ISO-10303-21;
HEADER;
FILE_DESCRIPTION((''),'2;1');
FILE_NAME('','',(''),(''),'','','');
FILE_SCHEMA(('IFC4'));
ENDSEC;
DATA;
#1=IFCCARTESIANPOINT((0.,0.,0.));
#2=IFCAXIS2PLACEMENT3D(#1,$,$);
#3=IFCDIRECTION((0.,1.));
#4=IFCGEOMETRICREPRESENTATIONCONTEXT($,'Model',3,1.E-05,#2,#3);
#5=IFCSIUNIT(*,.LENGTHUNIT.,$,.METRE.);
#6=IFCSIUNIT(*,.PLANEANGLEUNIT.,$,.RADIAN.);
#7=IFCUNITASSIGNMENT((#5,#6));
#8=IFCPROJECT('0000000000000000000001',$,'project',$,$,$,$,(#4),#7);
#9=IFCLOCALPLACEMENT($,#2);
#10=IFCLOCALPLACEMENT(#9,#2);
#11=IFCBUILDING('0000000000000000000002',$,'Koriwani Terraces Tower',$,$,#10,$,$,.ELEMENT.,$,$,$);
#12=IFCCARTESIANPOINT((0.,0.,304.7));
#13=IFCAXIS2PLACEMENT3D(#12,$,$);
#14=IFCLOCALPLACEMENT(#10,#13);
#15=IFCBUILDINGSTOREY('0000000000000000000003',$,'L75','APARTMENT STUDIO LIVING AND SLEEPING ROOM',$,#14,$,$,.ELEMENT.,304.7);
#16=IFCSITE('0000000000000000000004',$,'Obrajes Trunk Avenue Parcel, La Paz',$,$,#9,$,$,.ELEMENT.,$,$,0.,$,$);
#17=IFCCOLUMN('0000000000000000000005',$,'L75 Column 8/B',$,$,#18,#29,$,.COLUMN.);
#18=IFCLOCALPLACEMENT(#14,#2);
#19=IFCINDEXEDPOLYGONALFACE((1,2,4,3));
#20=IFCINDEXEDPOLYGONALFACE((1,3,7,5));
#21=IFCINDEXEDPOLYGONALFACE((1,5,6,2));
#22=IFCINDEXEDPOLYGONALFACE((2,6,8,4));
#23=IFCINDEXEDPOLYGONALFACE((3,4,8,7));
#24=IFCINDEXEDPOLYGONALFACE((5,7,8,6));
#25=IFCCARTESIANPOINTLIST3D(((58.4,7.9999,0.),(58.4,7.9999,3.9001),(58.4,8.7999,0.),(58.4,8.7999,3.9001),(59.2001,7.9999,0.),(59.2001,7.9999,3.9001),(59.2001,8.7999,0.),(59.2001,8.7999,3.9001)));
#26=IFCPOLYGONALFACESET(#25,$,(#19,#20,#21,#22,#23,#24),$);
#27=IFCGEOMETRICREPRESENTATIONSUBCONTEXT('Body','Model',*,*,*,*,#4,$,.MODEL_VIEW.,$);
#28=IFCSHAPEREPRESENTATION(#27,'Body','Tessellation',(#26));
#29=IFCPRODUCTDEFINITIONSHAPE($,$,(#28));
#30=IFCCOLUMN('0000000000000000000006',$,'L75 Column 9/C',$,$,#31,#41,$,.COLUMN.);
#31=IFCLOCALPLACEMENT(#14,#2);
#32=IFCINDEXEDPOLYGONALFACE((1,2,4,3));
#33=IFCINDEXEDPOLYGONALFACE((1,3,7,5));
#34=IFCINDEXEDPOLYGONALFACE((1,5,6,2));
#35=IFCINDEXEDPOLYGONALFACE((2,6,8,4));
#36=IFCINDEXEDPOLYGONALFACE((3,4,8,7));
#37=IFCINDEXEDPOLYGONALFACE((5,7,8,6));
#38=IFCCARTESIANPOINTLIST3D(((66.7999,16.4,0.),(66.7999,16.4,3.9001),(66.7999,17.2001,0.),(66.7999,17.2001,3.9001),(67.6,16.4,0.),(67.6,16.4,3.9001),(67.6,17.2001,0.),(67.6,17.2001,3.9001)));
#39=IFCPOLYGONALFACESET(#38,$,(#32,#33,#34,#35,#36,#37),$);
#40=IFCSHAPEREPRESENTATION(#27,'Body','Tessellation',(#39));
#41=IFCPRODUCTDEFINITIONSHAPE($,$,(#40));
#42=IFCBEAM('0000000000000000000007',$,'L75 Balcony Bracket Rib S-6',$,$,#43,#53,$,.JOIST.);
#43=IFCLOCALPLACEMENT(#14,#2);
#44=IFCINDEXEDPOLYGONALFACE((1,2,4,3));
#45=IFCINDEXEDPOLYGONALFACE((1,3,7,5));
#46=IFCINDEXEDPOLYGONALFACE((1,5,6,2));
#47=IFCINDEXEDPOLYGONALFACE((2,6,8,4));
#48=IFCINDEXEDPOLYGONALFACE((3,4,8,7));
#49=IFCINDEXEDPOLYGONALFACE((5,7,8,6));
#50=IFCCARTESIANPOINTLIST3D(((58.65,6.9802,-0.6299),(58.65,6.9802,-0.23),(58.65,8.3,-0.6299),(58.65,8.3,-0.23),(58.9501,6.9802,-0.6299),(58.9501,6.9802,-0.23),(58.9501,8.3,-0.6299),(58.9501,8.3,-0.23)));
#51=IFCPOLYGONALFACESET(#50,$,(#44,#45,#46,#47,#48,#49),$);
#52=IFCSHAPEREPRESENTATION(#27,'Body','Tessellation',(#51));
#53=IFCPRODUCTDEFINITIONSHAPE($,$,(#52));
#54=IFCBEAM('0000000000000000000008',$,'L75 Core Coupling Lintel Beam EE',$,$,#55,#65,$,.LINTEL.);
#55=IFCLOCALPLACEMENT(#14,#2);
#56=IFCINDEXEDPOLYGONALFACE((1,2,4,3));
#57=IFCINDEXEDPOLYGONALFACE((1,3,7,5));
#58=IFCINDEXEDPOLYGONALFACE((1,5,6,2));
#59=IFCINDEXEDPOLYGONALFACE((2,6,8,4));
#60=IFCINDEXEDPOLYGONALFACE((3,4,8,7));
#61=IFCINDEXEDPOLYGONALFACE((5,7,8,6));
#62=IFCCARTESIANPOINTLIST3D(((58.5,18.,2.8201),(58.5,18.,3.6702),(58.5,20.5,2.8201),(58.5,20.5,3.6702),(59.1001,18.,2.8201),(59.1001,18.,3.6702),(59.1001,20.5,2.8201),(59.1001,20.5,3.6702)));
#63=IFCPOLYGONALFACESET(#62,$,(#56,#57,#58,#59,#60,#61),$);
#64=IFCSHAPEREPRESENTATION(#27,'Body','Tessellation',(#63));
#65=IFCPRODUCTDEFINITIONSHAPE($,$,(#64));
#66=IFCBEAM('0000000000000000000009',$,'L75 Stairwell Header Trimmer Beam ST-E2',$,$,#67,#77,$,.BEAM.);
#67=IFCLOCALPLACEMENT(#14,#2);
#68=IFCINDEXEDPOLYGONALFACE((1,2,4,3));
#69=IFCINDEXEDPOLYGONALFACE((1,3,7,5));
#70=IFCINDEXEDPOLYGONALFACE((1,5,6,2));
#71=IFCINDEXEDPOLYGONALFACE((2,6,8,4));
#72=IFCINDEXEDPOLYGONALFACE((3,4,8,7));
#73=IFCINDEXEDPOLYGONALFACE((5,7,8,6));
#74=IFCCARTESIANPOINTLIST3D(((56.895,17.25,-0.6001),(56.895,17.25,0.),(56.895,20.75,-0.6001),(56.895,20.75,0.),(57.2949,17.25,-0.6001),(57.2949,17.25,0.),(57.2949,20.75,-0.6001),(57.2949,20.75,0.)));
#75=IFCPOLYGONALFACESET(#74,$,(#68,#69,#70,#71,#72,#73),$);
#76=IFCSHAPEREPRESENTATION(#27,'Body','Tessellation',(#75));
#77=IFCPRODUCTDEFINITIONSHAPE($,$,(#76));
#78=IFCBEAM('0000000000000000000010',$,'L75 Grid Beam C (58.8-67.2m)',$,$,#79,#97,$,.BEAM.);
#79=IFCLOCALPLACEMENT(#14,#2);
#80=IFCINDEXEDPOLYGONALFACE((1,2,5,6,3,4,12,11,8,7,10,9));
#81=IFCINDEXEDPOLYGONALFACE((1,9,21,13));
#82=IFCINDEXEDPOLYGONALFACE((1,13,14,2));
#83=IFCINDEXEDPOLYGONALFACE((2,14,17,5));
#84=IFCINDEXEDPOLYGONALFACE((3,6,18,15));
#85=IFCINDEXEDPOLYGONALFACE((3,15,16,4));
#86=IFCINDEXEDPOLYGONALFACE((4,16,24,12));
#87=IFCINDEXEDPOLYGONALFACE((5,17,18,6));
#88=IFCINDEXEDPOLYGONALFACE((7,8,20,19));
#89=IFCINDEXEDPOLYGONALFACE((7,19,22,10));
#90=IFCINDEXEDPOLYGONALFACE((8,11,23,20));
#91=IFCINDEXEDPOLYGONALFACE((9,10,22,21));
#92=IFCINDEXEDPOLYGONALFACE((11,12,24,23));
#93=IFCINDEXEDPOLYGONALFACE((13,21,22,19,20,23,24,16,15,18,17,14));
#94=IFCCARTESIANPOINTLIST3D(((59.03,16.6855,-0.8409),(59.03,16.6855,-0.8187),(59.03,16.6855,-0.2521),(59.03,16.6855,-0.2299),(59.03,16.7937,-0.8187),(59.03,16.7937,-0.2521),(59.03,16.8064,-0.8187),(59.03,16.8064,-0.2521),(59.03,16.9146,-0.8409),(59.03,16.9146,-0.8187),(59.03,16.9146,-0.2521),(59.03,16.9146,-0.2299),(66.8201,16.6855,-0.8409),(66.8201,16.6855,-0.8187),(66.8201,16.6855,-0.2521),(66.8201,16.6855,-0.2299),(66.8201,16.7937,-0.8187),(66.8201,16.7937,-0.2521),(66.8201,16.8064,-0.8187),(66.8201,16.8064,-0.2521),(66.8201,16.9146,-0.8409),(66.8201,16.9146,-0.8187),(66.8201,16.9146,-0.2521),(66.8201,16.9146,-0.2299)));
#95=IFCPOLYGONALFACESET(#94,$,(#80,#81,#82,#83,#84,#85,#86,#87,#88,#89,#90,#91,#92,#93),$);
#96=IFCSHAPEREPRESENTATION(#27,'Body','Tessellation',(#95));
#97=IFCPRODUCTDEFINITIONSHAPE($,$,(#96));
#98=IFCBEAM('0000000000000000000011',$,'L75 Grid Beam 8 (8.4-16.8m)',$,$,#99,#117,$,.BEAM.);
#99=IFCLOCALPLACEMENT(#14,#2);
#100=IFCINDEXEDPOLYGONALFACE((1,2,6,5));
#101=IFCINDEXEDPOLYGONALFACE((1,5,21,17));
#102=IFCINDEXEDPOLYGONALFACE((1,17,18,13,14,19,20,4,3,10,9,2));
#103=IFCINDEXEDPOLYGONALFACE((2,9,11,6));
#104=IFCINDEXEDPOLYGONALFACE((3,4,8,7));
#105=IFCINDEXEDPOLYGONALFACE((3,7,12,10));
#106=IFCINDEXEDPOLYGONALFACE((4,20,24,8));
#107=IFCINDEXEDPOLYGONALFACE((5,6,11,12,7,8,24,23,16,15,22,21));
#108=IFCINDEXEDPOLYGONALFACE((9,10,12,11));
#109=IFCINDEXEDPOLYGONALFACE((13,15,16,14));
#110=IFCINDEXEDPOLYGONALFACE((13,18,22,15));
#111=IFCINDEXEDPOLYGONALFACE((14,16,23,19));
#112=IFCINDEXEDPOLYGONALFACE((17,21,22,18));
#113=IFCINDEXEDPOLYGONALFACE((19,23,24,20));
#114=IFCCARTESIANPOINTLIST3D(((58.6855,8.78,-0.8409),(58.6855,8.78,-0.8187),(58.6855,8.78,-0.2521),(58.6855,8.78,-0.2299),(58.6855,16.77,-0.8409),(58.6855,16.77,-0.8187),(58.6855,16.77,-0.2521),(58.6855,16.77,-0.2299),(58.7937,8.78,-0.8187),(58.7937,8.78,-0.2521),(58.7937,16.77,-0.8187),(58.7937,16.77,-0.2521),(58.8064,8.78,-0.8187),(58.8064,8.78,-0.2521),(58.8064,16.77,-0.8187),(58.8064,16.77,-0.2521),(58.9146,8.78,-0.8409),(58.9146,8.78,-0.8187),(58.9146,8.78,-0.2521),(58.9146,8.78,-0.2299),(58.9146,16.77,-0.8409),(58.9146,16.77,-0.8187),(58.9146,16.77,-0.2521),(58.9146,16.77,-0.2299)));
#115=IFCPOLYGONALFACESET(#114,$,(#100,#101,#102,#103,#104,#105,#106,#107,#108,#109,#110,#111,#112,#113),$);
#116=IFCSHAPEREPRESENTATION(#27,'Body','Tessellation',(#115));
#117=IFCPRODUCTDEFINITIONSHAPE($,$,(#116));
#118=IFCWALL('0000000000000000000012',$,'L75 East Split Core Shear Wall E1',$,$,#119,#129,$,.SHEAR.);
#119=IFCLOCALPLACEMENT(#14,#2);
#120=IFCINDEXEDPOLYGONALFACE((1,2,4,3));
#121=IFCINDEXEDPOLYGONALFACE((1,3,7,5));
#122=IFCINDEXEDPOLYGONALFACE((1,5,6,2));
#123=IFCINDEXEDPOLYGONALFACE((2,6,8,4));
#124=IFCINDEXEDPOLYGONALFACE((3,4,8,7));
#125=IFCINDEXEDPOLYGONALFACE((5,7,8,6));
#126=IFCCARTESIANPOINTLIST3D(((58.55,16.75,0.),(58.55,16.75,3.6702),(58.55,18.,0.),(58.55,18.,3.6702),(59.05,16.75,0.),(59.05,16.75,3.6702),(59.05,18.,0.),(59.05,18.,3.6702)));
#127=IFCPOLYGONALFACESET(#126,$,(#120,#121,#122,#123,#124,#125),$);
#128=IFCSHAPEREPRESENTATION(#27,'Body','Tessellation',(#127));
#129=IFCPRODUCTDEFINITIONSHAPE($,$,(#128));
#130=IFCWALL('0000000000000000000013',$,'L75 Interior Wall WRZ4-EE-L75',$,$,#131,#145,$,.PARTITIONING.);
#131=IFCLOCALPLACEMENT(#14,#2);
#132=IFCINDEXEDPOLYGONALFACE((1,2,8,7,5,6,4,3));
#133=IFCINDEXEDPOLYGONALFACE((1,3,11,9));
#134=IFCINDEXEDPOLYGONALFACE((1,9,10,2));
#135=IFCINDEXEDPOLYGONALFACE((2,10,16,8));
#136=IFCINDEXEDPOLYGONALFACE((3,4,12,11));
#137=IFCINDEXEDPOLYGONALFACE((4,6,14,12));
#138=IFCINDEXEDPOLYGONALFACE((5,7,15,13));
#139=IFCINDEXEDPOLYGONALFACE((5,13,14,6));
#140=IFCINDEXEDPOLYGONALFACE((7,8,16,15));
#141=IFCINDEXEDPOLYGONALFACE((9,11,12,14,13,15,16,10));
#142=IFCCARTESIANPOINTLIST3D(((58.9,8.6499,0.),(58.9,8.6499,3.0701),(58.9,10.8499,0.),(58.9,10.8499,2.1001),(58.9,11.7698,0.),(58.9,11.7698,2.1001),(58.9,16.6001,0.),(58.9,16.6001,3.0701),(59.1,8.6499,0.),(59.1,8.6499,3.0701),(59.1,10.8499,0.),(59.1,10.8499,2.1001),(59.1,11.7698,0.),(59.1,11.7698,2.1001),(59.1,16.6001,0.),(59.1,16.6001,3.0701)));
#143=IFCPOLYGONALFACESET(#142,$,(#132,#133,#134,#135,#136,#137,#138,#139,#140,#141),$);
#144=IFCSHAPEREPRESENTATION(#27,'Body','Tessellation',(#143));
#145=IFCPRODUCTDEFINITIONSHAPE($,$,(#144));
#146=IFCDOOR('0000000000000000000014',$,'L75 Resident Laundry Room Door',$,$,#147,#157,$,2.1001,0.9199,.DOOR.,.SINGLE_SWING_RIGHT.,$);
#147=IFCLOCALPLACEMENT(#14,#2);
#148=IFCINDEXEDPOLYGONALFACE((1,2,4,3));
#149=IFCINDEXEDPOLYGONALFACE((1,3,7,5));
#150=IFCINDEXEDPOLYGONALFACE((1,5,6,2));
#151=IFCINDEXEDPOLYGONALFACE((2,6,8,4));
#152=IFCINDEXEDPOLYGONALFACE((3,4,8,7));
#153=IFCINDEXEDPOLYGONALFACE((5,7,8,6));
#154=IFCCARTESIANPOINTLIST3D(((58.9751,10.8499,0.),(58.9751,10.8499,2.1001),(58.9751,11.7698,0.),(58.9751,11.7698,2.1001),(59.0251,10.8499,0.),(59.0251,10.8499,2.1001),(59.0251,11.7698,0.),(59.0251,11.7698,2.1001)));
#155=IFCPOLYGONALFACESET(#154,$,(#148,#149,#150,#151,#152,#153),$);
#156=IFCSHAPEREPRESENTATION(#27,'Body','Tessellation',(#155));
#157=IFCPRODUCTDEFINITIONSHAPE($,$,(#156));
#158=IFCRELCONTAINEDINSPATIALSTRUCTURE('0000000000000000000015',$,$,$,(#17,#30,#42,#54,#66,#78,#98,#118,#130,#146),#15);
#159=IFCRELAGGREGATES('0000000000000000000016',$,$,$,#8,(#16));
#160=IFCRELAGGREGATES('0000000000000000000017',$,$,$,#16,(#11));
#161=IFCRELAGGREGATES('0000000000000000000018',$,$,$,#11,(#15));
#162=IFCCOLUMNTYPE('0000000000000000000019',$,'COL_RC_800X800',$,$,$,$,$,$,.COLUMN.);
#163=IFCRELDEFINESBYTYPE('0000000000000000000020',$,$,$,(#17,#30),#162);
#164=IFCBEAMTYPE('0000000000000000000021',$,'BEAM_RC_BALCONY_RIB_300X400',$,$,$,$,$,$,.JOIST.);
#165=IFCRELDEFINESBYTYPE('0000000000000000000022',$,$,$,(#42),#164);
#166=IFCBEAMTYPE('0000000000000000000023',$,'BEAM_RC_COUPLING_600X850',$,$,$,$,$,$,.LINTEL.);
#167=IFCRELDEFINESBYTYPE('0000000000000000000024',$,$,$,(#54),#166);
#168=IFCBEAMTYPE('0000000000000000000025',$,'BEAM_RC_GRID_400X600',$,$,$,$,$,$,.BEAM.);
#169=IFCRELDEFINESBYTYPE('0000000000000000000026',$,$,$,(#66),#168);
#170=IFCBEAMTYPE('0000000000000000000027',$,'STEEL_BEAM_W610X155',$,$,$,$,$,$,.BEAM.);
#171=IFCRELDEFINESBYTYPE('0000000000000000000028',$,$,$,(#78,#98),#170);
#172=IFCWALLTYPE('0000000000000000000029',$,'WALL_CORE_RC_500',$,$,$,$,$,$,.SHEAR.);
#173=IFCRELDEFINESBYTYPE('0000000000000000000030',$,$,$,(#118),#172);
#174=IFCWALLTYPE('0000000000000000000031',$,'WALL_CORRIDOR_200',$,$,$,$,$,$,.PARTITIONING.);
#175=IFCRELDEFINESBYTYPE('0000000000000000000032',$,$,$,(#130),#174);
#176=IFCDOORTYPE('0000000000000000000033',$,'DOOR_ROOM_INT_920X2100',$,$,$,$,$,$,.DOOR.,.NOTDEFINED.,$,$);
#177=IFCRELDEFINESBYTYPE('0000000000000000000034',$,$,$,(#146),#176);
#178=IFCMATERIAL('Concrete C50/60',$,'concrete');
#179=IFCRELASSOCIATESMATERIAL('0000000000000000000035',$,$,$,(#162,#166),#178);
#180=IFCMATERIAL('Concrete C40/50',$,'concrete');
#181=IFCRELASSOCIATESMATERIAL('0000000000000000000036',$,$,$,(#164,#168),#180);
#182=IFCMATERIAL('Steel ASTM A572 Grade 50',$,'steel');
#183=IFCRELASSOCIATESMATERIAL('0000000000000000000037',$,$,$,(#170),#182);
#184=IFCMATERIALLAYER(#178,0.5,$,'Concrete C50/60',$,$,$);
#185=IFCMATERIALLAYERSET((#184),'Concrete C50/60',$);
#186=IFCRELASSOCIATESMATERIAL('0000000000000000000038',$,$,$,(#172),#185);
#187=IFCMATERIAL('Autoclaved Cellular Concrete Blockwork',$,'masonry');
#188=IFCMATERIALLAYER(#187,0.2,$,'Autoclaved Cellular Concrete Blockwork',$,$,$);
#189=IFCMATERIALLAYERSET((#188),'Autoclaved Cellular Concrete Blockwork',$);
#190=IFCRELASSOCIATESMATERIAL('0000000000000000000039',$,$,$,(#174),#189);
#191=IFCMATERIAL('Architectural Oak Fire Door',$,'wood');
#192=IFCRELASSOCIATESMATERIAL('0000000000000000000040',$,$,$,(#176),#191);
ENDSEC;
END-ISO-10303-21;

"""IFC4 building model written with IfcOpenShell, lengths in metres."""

from ifc_helpers import new_model, si_unit, direction, frame, frame_2d, origin, origin_2d, place, context, subcontext, project, spatial, rectangle, i_section, extrude, material, layer, layer_set, material_profile, profile_set, type_object, element, fill, save


model = new_model("IFC4")

# Units and contexts
model_context = context("Model", 3, precision=1e-05, world=origin(), true_north=direction((0.0, 1.0)))
body_context = subcontext(model_context, "Body", "Model", "MODEL_VIEW")
ifc_project = project(units=[si_unit("LENGTHUNIT", "METRE"), si_unit("PLANEANGLEUNIT", "RADIAN")], contexts=[model_context])

# Site, building, storey
site_placement = place(None, origin())
site = spatial("IfcSite", under=ifc_project, at=site_placement, Name="Obrajes Trunk Avenue Parcel, La Paz", CompositionType="ELEMENT", RefElevation=0.0)
building_placement = place(site_placement, origin())
building = spatial("IfcBuilding", under=site, at=building_placement, Name="Koriwani Terraces Tower", CompositionType="ELEMENT")
storey_placement = place(building_placement, frame((0.0, 0.0, 304.7)))
storey = spatial("IfcBuildingStorey", under=building, at=storey_placement, Name="L75", Description="APARTMENT STUDIO LIVING AND SLEEPING ROOM", CompositionType="ELEMENT", Elevation=304.7)

# Columns
ifc_material_1 = material(Name="Concrete C50/60", Category="concrete")
ifc_material_profile_1 = material_profile(ifc_material_1, rectangle(XDim=0.8, YDim=0.8, at=origin_2d()), Name="Concrete C50/60", Category="LoadBearing")
ifc_profile_set_1 = profile_set([ifc_material_profile_1], Name="Concrete C50/60")
column_type = type_object("IfcColumnType", Name="COL_RC_800X800", PredefinedType="COLUMN", material=ifc_profile_set_1)
for number, where, z_axis, x_axis, name in (
    (1, (58.8, 8.3999, 0.0), (0.0, 0.0, 1.0), (1.0, 0.0, 0.0), "L75 Column 8/B"),
    (2, (67.2, 16.8, 0.0), (0.0, 0.0, 1.0), (1.0, 0.0, 0.0), "L75 Column 9/C"),
):
    element("IfcColumn", number, at=place(storey_placement, frame(where, z_axis=z_axis, x_axis=x_axis)), inside=storey, type_object=column_type, Name=name, PredefinedType="COLUMN", context=body_context, shape_type="SweptSolid", body=[
        extrude(rectangle(XDim=0.8, YDim=0.8, at=origin_2d()), origin(), (0.0, 0.0, 1.0), 3.9001),
    ])

# Beams
ifc_material_2 = material(Name="Concrete C40/50", Category="concrete")
ifc_material_profile_2 = material_profile(ifc_material_2, rectangle(XDim=0.3, YDim=0.3999, at=origin_2d()), Name="Concrete C40/50", Category="LoadBearing")
ifc_profile_set_2 = profile_set([ifc_material_profile_2], Name="Concrete C40/50")
beam_type_1 = type_object("IfcBeamType", Name="BEAM_RC_BALCONY_RIB_300X400", PredefinedType="JOIST", material=ifc_profile_set_2)
beam_1_placement = place(storey_placement, frame((58.8, 6.9802, -0.4299), z_axis=(0.0, 1.0, 0.0), x_axis=(-1.0, 0.0, 0.0)))
element("IfcBeam", 3, at=beam_1_placement, inside=storey, type_object=beam_type_1, Name="L75 Balcony Bracket Rib S-6", PredefinedType="JOIST", context=body_context, shape_type="SweptSolid", body=[
    extrude(rectangle(XDim=0.3, YDim=0.3999, at=origin_2d()), origin(), (0.0, 0.0, 1.0), 1.3198),
])
ifc_material_profile_3 = material_profile(ifc_material_1, rectangle(XDim=0.6001, YDim=0.8501, at=origin_2d()), Name="Concrete C50/60", Category="LoadBearing")
ifc_profile_set_3 = profile_set([ifc_material_profile_3], Name="Concrete C50/60")
beam_type_2 = type_object("IfcBeamType", Name="BEAM_RC_COUPLING_600X850", PredefinedType="LINTEL", material=ifc_profile_set_3)
beam_2_placement = place(storey_placement, frame((58.8, 18.0, 3.2451), z_axis=(0.0, 1.0, 0.0), x_axis=(-1.0, 0.0, 0.0)))
element("IfcBeam", 4, at=beam_2_placement, inside=storey, type_object=beam_type_2, Name="L75 Core Coupling Lintel Beam EE", PredefinedType="LINTEL", context=body_context, shape_type="SweptSolid", body=[
    extrude(rectangle(XDim=0.6001, YDim=0.8501, at=origin_2d()), origin(), (0.0, 0.0, 1.0), 2.5),
])
ifc_material_profile_4 = material_profile(ifc_material_2, rectangle(XDim=0.3999, YDim=0.6001, at=origin_2d()), Name="Concrete C40/50", Category="LoadBearing")
ifc_profile_set_4 = profile_set([ifc_material_profile_4], Name="Concrete C40/50")
beam_type_3 = type_object("IfcBeamType", Name="BEAM_RC_GRID_400X600", PredefinedType="BEAM", material=ifc_profile_set_4)
beam_3_placement = place(storey_placement, frame((57.095, 17.25, -0.3), z_axis=(0.0, 1.0, 0.0), x_axis=(-1.0, 0.0, 0.0)))
element("IfcBeam", 5, at=beam_3_placement, inside=storey, type_object=beam_type_3, Name="L75 Stairwell Header Trimmer Beam ST-E2", PredefinedType="BEAM", context=body_context, shape_type="SweptSolid", body=[
    extrude(rectangle(XDim=0.3999, YDim=0.6001, at=origin_2d()), origin(), (0.0, 0.0, 1.0), 3.5),
])
ifc_material_3 = material(Name="Steel ASTM A572 Grade 50", Category="steel")
ifc_material_profile_5 = material_profile(ifc_material_3, i_section(OverallWidth=0.229, OverallDepth=0.6111, WebThickness=0.0127, FlangeThickness=0.0222, at=origin_2d()), Name="Steel ASTM A572 Grade 50", Category="LoadBearing")
ifc_profile_set_5 = profile_set([ifc_material_profile_5], Name="Steel ASTM A572 Grade 50")
beam_type_4 = type_object("IfcBeamType", Name="STEEL_BEAM_W610X155", PredefinedType="BEAM", material=ifc_profile_set_5)
beam_4_placement = place(storey_placement, frame((59.03, 16.8, -0.5354), z_axis=(1.0, 0.0, 0.0), x_axis=(0.0, 1.0, 0.0)))
element("IfcBeam", 6, at=beam_4_placement, inside=storey, type_object=beam_type_4, Name="L75 Grid Beam C (58.8-67.2m)", PredefinedType="BEAM", context=body_context, shape_type="SweptSolid", body=[
    extrude(i_section(OverallWidth=0.229, OverallDepth=0.6111, WebThickness=0.0127, FlangeThickness=0.0222, at=origin_2d()), origin(), (0.0, 0.0, 1.0), 7.79),
])
beam_5_placement = place(storey_placement, frame((58.8, 8.78, -0.5354), z_axis=(0.0, 1.0, 0.0), x_axis=(-1.0, 0.0, 0.0)))
element("IfcBeam", 7, at=beam_5_placement, inside=storey, type_object=beam_type_4, Name="L75 Grid Beam 8 (8.4-16.8m)", PredefinedType="BEAM", context=body_context, shape_type="SweptSolid", body=[
    extrude(i_section(OverallWidth=0.229, OverallDepth=0.6111, WebThickness=0.0127, FlangeThickness=0.0222, at=origin_2d()), origin(), (0.0, 0.0, 1.0), 7.99),
])

# Wall
ifc_layer_1 = layer(ifc_material_1, 0.5, Name="Concrete C50/60")
ifc_layer_set_1 = layer_set([ifc_layer_1], Name="Concrete C50/60")
wall_type_1 = type_object("IfcWallType", Name="WALL_CORE_RC_500", PredefinedType="SHEAR", material=ifc_layer_set_1)
wall_1_placement = place(storey_placement, frame((58.8, 16.75, 0.0), z_axis=(0.0, 0.0, 1.0), x_axis=(0.0, 1.0, 0.0)))
element("IfcWall", 8, at=wall_1_placement, inside=storey, type_object=wall_type_1, Name="L75 East Split Core Shear Wall E1", PredefinedType="SHEAR", context=body_context, shape_type="SweptSolid", body=[
    extrude(rectangle(XDim=1.25, YDim=0.5, at=frame_2d((0.625, 0.0))), origin(), (0.0, 0.0, 1.0), 3.6702),
])

# Wall, opening, door
ifc_material_4 = material(Name="Autoclaved Cellular Concrete Blockwork", Category="masonry")
ifc_layer_2 = layer(ifc_material_4, 0.2, Name="Autoclaved Cellular Concrete Blockwork")
ifc_layer_set_2 = layer_set([ifc_layer_2], Name="Autoclaved Cellular Concrete Blockwork")
wall_type_2 = type_object("IfcWallType", Name="WALL_CORRIDOR_200", PredefinedType="PARTITIONING", material=ifc_layer_set_2)
wall_2_placement = place(storey_placement, frame((59.0, 8.6499, 0.0), z_axis=(0.0, 0.0, 1.0), x_axis=(0.0, 1.0, 0.0)))
wall_2 = element("IfcWall", 9, at=wall_2_placement, inside=storey, type_object=wall_type_2, Name="L75 Interior Wall WRZ4-EE-L75", PredefinedType="PARTITIONING", context=body_context, shape_type="SweptSolid", body=[
    extrude(rectangle(XDim=7.9502, YDim=0.2, at=frame_2d((3.9751, 0.0))), origin(), (0.0, 0.0, 1.0), 3.0701),
])
opening_1_placement = place(wall_2_placement, frame((2.2, 0.0, 0.0)))
opening_1 = element("IfcOpeningElement", 10, at=opening_1_placement, cuts=wall_2, PredefinedType="OPENING", context=body_context, shape_type="SweptSolid", body=[
    extrude(rectangle(XDim=0.9199, YDim=2.1001, at=frame_2d((0.46, 1.05))), frame((0.0, 0.1099, 0.0), z_axis=(0.0, -1.0, 0.0), x_axis=(1.0, 0.0, 0.0)), (0.0, 0.0, 1.0), 0.22),
])
ifc_material_5 = material(Name="Architectural Oak Fire Door", Category="wood")
door_type_1 = type_object("IfcDoorType", Name="DOOR_ROOM_INT_920X2100", OperationType="NOTDEFINED", PredefinedType="DOOR", material=ifc_material_5)
door_1_placement = place(opening_1_placement, origin())
door_1 = element("IfcDoor", 11, at=door_1_placement, inside=storey, type_object=door_type_1, Name="L75 Resident Laundry Room Door", OperationType="SINGLE_SWING_RIGHT", OverallHeight=2.1001, OverallWidth=0.9199, PredefinedType="DOOR", context=body_context, shape_type="SweptSolid", body=[
    extrude(rectangle(XDim=0.9199, YDim=2.1001, at=frame_2d((0.46, 1.05))), frame((0.0, 0.0249, 0.0), z_axis=(0.0, -1.0, 0.0), x_axis=(1.0, 0.0, 0.0)), (0.0, 0.0, 1.0), 0.05),
])
fill(opening_1, door_1)

save(model, "model.ifc")
